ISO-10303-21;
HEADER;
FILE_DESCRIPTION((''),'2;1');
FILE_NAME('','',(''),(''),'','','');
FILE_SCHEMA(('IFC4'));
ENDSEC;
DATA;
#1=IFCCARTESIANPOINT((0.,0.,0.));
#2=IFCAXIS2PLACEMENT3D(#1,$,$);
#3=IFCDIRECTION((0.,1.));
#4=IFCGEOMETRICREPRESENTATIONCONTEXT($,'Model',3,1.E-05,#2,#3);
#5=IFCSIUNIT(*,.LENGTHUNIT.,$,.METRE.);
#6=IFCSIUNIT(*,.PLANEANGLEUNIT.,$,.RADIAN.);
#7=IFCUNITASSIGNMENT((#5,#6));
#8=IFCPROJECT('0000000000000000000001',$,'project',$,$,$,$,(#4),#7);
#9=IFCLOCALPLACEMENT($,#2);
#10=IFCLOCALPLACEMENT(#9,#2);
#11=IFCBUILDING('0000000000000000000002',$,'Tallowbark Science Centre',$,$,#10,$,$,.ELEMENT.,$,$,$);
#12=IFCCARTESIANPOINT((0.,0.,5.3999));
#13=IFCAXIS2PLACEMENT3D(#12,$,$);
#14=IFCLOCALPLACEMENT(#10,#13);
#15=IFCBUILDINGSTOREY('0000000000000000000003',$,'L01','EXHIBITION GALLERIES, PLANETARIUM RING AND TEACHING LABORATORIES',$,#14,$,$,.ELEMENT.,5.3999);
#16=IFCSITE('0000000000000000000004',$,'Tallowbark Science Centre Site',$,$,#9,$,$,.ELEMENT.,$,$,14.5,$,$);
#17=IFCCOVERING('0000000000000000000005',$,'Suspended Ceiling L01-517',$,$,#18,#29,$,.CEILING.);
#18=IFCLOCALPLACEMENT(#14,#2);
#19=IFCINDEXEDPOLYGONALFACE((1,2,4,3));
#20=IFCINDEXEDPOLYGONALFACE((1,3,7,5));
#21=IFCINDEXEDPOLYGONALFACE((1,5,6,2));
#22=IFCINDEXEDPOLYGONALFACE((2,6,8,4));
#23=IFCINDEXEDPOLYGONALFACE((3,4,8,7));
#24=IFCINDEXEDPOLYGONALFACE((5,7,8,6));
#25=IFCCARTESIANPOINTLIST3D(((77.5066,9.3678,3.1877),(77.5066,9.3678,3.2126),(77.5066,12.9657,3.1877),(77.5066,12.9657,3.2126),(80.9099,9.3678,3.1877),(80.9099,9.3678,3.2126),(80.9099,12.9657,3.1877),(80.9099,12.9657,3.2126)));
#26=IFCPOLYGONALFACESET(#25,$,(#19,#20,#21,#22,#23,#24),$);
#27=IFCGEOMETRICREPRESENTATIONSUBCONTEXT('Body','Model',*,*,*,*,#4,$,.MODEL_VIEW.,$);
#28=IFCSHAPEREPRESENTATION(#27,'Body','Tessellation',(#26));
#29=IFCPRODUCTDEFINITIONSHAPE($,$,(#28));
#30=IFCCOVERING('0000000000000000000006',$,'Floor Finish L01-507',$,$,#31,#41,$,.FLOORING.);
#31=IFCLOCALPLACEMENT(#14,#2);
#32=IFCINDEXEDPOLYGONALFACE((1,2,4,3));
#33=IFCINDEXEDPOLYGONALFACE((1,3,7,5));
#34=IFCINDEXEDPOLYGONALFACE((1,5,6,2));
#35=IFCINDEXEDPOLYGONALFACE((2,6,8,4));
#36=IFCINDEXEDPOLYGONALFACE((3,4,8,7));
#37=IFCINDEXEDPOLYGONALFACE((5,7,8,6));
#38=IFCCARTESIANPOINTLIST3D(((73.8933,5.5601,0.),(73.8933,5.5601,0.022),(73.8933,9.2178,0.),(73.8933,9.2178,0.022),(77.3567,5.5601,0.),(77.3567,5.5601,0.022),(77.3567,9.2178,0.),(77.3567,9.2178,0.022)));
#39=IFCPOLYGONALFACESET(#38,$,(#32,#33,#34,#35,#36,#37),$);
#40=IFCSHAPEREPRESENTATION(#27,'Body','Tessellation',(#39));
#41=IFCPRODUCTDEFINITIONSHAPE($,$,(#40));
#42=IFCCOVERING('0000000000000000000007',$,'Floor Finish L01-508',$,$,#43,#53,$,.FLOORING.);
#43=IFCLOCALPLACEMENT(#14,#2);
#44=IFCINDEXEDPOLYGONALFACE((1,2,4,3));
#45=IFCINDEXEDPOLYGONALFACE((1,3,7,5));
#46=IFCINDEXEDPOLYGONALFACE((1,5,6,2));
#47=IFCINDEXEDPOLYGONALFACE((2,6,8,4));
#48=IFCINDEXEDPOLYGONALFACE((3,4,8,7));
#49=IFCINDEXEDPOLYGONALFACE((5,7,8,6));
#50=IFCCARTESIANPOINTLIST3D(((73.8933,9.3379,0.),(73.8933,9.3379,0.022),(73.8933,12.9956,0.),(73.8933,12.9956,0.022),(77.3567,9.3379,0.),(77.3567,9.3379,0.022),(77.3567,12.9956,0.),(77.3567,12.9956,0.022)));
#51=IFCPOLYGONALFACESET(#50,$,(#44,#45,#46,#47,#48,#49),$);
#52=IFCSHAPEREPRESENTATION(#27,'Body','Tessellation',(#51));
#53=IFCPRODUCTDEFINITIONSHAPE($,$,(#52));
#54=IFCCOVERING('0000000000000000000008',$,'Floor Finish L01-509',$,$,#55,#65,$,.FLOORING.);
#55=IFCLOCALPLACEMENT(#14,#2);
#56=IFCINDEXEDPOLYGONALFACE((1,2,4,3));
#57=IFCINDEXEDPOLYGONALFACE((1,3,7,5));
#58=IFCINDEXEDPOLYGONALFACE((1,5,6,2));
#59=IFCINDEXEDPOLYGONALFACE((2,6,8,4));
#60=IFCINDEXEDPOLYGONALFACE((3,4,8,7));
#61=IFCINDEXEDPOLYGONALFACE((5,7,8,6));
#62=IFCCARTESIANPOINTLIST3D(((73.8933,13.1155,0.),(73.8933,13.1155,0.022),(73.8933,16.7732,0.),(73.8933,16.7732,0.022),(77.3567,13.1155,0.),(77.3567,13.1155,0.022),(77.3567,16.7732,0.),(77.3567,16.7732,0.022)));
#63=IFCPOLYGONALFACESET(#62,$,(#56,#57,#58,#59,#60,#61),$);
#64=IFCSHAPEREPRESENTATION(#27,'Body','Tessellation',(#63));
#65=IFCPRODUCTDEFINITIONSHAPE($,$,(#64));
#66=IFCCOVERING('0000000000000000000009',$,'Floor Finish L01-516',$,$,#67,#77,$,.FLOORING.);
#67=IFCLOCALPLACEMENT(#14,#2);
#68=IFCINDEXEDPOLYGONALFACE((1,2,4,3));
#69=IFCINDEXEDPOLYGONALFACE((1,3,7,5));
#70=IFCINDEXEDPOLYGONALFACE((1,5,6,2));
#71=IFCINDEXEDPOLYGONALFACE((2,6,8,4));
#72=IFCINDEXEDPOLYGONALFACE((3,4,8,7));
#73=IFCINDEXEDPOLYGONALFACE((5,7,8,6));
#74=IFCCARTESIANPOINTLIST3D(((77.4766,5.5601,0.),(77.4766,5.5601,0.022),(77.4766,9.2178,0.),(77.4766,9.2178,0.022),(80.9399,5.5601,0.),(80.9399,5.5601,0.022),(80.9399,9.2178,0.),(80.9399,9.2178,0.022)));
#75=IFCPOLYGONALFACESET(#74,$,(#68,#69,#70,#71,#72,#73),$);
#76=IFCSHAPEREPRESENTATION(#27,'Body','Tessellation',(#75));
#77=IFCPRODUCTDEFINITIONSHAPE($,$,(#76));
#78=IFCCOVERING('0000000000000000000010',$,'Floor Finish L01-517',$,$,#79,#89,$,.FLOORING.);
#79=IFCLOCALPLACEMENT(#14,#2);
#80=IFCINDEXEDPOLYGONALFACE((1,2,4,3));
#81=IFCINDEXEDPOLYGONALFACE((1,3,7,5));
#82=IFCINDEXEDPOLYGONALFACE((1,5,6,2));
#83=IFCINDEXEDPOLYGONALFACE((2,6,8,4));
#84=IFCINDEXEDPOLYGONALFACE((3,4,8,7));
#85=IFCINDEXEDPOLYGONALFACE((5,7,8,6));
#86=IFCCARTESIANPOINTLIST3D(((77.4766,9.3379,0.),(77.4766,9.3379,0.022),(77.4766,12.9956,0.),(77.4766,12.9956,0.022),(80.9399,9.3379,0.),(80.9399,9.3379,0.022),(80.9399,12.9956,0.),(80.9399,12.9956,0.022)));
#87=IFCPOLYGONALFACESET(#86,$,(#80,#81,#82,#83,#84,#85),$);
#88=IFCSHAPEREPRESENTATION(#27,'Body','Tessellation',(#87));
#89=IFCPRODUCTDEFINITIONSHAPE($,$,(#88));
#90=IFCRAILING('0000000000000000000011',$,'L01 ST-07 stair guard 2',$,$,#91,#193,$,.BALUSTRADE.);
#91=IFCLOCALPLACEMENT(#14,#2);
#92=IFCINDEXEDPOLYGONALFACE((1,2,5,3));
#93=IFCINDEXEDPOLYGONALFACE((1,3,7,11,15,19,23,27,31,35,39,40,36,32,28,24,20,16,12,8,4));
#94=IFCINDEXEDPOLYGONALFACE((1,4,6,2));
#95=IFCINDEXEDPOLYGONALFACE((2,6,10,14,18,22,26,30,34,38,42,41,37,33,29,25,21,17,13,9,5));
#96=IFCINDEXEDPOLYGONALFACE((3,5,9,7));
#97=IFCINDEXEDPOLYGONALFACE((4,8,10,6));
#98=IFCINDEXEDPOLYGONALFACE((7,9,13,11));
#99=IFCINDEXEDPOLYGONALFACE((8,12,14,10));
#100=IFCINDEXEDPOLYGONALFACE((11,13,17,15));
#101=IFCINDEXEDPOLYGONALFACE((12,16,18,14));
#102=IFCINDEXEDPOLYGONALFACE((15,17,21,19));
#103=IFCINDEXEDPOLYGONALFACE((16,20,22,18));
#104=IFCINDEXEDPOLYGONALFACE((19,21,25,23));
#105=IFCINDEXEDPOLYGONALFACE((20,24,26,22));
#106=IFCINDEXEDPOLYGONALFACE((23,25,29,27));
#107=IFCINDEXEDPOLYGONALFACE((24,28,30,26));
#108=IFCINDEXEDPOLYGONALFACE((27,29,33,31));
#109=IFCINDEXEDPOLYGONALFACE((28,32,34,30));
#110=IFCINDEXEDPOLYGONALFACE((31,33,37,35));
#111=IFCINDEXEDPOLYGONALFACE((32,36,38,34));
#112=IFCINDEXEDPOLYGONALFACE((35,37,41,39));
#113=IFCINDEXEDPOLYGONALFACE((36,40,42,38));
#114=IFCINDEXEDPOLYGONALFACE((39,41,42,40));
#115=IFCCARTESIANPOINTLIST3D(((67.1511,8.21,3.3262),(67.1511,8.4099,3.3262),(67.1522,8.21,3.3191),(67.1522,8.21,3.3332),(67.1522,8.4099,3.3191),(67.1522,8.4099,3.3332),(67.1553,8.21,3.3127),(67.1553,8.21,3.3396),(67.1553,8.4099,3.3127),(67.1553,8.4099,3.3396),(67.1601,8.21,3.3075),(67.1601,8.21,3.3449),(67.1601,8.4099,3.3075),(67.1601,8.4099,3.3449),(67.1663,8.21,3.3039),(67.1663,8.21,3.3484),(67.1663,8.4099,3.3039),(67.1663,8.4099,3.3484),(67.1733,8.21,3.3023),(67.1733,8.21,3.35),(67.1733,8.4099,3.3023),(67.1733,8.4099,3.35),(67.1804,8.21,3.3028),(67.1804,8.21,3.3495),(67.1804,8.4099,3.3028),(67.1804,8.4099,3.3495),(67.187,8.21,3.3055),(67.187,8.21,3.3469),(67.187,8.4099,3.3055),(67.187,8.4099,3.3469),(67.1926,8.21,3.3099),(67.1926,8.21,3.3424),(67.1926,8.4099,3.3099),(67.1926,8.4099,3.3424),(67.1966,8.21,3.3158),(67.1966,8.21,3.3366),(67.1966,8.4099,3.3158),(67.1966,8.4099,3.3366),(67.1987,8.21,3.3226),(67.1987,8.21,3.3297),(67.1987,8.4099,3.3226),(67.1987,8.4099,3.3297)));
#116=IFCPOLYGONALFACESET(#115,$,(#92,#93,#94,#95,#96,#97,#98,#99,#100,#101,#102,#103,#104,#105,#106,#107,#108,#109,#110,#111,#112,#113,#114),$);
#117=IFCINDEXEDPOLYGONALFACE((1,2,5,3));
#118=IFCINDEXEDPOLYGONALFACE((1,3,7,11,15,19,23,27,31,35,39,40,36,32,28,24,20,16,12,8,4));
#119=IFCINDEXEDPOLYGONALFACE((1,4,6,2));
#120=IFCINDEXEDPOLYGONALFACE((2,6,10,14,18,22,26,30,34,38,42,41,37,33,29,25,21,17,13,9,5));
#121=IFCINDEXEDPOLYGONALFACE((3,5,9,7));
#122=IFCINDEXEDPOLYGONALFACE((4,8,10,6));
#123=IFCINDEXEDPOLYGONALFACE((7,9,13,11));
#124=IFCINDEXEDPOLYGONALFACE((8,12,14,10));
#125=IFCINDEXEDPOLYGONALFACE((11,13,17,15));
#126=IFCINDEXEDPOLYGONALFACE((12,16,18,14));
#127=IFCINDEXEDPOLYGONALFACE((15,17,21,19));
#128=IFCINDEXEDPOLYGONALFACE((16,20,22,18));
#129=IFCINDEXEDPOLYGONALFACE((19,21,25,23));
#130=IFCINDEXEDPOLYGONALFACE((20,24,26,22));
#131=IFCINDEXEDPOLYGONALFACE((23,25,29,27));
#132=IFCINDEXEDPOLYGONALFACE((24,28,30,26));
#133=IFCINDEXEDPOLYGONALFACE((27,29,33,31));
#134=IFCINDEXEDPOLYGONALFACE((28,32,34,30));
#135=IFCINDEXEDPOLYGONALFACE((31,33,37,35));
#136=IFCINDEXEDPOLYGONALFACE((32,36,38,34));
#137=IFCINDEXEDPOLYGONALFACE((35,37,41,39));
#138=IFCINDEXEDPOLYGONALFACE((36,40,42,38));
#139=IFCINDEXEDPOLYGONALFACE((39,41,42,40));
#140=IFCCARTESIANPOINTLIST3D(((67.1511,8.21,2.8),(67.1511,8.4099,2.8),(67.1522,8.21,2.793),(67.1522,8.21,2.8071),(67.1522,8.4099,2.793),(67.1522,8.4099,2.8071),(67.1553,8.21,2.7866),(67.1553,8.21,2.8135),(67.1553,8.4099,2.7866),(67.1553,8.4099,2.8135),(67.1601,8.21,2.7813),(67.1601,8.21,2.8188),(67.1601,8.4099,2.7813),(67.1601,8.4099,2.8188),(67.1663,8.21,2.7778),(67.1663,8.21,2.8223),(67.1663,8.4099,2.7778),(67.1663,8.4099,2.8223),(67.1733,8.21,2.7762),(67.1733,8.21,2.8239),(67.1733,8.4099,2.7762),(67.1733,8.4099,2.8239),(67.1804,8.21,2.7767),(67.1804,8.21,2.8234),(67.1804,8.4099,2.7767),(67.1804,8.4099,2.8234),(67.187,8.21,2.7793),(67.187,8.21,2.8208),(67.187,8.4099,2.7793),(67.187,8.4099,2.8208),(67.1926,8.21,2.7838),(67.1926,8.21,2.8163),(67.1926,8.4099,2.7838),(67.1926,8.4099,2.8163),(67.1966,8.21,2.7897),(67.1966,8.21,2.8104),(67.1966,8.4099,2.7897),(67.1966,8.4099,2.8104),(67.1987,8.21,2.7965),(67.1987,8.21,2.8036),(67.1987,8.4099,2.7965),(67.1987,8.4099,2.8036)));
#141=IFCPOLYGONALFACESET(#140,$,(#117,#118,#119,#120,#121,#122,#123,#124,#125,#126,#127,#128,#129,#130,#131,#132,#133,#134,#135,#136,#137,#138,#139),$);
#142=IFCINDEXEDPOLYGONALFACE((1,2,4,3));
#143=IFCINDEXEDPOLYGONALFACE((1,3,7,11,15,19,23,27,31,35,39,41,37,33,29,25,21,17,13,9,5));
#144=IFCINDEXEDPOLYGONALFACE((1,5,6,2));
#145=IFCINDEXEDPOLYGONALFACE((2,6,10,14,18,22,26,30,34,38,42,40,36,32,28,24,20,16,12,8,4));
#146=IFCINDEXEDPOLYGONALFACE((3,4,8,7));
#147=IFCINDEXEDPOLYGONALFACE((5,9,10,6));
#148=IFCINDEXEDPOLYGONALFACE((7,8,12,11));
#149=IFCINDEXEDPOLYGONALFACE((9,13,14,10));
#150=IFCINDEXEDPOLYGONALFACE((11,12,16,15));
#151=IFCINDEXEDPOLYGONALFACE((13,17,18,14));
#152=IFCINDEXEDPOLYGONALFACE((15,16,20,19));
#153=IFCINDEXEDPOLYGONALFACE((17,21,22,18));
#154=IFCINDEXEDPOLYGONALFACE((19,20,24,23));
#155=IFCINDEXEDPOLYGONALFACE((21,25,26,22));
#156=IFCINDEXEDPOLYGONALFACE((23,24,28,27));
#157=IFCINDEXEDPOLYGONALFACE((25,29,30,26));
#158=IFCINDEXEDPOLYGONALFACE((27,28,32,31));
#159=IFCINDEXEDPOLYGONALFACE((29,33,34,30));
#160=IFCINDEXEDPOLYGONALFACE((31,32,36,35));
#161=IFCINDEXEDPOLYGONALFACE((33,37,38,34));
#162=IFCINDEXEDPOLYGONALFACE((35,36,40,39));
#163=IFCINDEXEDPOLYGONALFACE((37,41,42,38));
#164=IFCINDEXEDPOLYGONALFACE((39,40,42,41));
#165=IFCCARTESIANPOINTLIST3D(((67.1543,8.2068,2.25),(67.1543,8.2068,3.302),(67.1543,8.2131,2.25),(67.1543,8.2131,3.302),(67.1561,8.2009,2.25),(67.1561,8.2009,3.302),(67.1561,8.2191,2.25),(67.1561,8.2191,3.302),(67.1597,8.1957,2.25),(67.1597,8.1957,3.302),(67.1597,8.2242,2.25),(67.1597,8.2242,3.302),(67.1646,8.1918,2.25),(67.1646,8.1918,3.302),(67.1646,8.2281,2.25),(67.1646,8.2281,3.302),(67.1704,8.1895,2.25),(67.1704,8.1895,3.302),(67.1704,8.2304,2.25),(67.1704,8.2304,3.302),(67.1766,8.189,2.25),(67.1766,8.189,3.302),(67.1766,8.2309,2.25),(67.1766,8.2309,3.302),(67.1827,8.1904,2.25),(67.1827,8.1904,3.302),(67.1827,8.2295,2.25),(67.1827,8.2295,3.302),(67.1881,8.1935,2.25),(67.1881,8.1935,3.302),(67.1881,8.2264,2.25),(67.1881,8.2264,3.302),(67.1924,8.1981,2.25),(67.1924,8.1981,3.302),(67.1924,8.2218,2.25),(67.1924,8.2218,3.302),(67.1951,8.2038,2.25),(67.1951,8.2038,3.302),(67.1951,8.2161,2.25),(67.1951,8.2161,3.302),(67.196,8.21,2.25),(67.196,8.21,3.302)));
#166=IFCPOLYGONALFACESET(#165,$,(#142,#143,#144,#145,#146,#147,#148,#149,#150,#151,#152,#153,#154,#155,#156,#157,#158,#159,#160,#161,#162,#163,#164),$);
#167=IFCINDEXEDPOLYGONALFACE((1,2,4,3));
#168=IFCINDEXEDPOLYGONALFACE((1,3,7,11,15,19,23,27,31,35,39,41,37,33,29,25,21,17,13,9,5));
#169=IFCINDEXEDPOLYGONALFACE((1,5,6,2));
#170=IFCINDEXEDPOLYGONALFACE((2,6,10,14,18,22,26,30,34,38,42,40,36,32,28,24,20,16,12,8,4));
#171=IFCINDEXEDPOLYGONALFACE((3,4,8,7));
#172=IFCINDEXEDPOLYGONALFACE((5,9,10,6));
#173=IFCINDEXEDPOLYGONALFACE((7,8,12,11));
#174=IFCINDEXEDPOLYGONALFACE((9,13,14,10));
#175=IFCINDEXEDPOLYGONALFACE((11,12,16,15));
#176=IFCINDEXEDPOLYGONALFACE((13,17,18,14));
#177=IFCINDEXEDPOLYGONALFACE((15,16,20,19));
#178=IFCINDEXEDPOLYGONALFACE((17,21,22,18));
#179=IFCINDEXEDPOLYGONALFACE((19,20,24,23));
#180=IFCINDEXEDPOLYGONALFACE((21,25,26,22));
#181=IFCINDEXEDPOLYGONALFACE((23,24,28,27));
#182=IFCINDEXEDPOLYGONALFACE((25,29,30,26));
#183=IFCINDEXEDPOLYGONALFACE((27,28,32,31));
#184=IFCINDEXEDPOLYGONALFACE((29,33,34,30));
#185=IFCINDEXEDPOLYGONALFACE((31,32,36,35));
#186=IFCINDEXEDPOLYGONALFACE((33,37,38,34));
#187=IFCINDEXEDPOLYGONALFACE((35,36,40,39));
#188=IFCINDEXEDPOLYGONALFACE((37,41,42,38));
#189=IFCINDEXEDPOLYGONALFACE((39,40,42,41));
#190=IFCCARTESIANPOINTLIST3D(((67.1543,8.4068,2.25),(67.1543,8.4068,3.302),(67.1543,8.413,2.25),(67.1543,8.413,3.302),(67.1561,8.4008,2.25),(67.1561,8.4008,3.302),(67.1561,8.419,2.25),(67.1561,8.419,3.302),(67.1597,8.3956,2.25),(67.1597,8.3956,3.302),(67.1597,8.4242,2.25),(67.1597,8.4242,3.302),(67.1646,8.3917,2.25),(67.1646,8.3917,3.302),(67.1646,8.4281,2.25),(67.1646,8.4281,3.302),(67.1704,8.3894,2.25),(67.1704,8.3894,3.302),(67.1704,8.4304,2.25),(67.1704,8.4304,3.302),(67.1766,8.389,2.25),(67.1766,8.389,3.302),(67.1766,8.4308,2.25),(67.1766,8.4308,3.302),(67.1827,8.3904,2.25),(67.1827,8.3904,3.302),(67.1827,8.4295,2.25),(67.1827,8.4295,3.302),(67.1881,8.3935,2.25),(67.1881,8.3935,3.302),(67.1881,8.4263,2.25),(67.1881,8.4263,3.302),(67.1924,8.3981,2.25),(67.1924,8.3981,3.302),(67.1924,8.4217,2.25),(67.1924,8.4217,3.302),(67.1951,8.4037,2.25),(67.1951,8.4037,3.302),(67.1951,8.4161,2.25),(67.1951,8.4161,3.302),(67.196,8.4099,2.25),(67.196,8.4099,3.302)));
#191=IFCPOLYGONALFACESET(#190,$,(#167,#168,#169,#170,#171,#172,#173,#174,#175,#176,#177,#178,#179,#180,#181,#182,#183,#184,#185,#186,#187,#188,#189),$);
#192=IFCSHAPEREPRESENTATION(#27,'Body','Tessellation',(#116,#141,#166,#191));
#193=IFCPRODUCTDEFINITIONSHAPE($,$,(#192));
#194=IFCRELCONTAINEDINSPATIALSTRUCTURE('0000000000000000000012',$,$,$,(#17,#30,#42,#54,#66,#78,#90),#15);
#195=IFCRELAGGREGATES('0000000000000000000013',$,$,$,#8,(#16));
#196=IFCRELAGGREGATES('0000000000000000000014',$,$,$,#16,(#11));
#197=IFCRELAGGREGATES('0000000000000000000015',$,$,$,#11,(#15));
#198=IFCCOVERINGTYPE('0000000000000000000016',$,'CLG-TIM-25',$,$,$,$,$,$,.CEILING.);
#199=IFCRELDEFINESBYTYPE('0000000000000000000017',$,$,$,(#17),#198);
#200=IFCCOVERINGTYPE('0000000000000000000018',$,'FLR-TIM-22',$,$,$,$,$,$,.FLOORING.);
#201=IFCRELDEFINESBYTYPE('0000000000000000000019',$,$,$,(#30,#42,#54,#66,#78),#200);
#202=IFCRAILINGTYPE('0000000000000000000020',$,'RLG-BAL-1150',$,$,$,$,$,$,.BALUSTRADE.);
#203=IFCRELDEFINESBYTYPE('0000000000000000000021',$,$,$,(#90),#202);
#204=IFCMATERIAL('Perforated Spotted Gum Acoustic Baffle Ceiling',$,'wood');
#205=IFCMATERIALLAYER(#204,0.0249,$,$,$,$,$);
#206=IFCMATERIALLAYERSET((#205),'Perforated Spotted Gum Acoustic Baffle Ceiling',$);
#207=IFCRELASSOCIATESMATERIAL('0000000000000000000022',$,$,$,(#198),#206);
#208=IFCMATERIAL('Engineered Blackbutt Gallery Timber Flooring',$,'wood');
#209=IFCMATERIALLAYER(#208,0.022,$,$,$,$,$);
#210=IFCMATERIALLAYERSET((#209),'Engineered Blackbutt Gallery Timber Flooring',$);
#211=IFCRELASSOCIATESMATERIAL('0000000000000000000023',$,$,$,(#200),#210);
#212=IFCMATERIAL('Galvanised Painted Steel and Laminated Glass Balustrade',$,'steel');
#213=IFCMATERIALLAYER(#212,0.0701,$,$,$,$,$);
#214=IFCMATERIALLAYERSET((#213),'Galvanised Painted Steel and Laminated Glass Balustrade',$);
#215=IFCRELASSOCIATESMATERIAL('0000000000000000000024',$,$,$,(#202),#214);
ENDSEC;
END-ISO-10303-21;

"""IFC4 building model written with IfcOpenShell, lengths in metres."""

from ifc_helpers import new_model, si_unit, direction, frame, origin, origin_2d, place, context, subcontext, project, spatial, rectangle, circle, extrude, material, layer, layer_set, type_object, element, save


model = new_model("IFC4")

# Units and contexts
model_context = context("Model", 3, precision=1e-05, world=origin(), true_north=direction((0.0, 1.0)))
body_context = subcontext(model_context, "Body", "Model", "MODEL_VIEW")
ifc_project = project(units=[si_unit("LENGTHUNIT", "METRE"), si_unit("PLANEANGLEUNIT", "RADIAN")], contexts=[model_context])

# Site, building, storey
site_placement = place(None, origin())
site = spatial("IfcSite", under=ifc_project, at=site_placement, Name="Tallowbark Science Centre Site", CompositionType="ELEMENT", RefElevation=14.5)
building_placement = place(site_placement, origin())
building = spatial("IfcBuilding", under=site, at=building_placement, Name="Tallowbark Science Centre", CompositionType="ELEMENT")
storey_placement = place(building_placement, frame((0.0, 0.0, 5.3999)))
storey = spatial("IfcBuildingStorey", under=building, at=storey_placement, Name="L01", Description="EXHIBITION GALLERIES, PLANETARIUM RING AND TEACHING LABORATORIES", CompositionType="ELEMENT", Elevation=5.3999)

# Coverings
ifc_material_1 = material(Name="Perforated Spotted Gum Acoustic Baffle Ceiling", Category="wood")
ifc_layer_1 = layer(ifc_material_1, 0.0249)
ifc_layer_set_1 = layer_set([ifc_layer_1], Name="Perforated Spotted Gum Acoustic Baffle Ceiling")
covering_type_1 = type_object("IfcCoveringType", Name="CLG-TIM-25", PredefinedType="CEILING", material=ifc_layer_set_1)
for number, where, z_axis, x_axis, name in (
    (1, (79.2083, 11.1667, 3.1877), (0.0, 0.0, 1.0), (1.0, 0.0, 0.0), "Suspended Ceiling L01-517"),
):
    element("IfcCovering", number, at=place(storey_placement, frame(where, z_axis=z_axis, x_axis=x_axis)), inside=storey, type_object=covering_type_1, Name=name, PredefinedType="CEILING", context=body_context, shape_type="SweptSolid", body=[
        extrude(rectangle(XDim=3.4033, YDim=3.5979, at=origin_2d()), origin(), (0.0, 0.0, 1.0), 0.0249),
    ])
ifc_material_2 = material(Name="Engineered Blackbutt Gallery Timber Flooring", Category="wood")
ifc_layer_2 = layer(ifc_material_2, 0.022)
ifc_layer_set_2 = layer_set([ifc_layer_2], Name="Engineered Blackbutt Gallery Timber Flooring")
covering_type_2 = type_object("IfcCoveringType", Name="FLR-TIM-22", PredefinedType="FLOORING", material=ifc_layer_set_2)
for number, where, z_axis, x_axis, name in (
    (2, (75.625, 7.3889, 0.0), (0.0, 0.0, 1.0), (1.0, 0.0, 0.0), "Floor Finish L01-507"),
    (3, (75.625, 11.1667, 0.0), (0.0, 0.0, 1.0), (1.0, 0.0, 0.0), "Floor Finish L01-508"),
    (4, (75.625, 14.9443, 0.0), (0.0, 0.0, 1.0), (1.0, 0.0, 0.0), "Floor Finish L01-509"),
    (5, (79.2083, 7.3889, 0.0), (0.0, 0.0, 1.0), (1.0, 0.0, 0.0), "Floor Finish L01-516"),
    (6, (79.2083, 11.1667, 0.0), (0.0, 0.0, 1.0), (1.0, 0.0, 0.0), "Floor Finish L01-517"),
):
    element("IfcCovering", number, at=place(storey_placement, frame(where, z_axis=z_axis, x_axis=x_axis)), inside=storey, type_object=covering_type_2, Name=name, PredefinedType="FLOORING", context=body_context, shape_type="SweptSolid", body=[
        extrude(rectangle(XDim=3.4634, YDim=3.6577, at=origin_2d()), origin(), (0.0, 0.0, 1.0), 0.022),
    ])

# Railing
ifc_material_3 = material(Name="Galvanised Painted Steel and Laminated Glass Balustrade", Category="steel")
ifc_layer_3 = layer(ifc_material_3, 0.0701)
ifc_layer_set_3 = layer_set([ifc_layer_3], Name="Galvanised Painted Steel and Laminated Glass Balustrade")
railing_type_1 = type_object("IfcRailingType", Name="RLG-BAL-1150", PredefinedType="BALUSTRADE", material=ifc_layer_set_3)
railing_1_placement = place(storey_placement, frame((67.175, 8.21, 2.25)))
element("IfcRailing", 7, at=railing_1_placement, inside=storey, type_object=railing_type_1, Name="L01 ST-07 stair guard 2", PredefinedType="BALUSTRADE", context=body_context, shape_type="SweptSolid", body=[
    extrude(circle(Radius=0.0239, at=origin_2d()), frame((0.0, 0.0, 1.0762), z_axis=(0.0, 1.0, 0.0), x_axis=(-1.0, 0.0, 0.0)), (0.0, 0.0, 1.0), 0.2),
    extrude(circle(Radius=0.0239, at=origin_2d()), frame((0.0, 0.0, 0.55), z_axis=(0.0, 1.0, 0.0), x_axis=(-1.0, 0.0, 0.0)), (0.0, 0.0, 1.0), 0.2),
    extrude(circle(Radius=0.021, at=origin_2d()), origin(), (0.0, 0.0, 1.0), 1.052),
    extrude(circle(Radius=0.021, at=origin_2d()), frame((0.0, 0.2, 0.0)), (0.0, 0.0, 1.0), 1.052),
])

save(model, "model.ifc")
